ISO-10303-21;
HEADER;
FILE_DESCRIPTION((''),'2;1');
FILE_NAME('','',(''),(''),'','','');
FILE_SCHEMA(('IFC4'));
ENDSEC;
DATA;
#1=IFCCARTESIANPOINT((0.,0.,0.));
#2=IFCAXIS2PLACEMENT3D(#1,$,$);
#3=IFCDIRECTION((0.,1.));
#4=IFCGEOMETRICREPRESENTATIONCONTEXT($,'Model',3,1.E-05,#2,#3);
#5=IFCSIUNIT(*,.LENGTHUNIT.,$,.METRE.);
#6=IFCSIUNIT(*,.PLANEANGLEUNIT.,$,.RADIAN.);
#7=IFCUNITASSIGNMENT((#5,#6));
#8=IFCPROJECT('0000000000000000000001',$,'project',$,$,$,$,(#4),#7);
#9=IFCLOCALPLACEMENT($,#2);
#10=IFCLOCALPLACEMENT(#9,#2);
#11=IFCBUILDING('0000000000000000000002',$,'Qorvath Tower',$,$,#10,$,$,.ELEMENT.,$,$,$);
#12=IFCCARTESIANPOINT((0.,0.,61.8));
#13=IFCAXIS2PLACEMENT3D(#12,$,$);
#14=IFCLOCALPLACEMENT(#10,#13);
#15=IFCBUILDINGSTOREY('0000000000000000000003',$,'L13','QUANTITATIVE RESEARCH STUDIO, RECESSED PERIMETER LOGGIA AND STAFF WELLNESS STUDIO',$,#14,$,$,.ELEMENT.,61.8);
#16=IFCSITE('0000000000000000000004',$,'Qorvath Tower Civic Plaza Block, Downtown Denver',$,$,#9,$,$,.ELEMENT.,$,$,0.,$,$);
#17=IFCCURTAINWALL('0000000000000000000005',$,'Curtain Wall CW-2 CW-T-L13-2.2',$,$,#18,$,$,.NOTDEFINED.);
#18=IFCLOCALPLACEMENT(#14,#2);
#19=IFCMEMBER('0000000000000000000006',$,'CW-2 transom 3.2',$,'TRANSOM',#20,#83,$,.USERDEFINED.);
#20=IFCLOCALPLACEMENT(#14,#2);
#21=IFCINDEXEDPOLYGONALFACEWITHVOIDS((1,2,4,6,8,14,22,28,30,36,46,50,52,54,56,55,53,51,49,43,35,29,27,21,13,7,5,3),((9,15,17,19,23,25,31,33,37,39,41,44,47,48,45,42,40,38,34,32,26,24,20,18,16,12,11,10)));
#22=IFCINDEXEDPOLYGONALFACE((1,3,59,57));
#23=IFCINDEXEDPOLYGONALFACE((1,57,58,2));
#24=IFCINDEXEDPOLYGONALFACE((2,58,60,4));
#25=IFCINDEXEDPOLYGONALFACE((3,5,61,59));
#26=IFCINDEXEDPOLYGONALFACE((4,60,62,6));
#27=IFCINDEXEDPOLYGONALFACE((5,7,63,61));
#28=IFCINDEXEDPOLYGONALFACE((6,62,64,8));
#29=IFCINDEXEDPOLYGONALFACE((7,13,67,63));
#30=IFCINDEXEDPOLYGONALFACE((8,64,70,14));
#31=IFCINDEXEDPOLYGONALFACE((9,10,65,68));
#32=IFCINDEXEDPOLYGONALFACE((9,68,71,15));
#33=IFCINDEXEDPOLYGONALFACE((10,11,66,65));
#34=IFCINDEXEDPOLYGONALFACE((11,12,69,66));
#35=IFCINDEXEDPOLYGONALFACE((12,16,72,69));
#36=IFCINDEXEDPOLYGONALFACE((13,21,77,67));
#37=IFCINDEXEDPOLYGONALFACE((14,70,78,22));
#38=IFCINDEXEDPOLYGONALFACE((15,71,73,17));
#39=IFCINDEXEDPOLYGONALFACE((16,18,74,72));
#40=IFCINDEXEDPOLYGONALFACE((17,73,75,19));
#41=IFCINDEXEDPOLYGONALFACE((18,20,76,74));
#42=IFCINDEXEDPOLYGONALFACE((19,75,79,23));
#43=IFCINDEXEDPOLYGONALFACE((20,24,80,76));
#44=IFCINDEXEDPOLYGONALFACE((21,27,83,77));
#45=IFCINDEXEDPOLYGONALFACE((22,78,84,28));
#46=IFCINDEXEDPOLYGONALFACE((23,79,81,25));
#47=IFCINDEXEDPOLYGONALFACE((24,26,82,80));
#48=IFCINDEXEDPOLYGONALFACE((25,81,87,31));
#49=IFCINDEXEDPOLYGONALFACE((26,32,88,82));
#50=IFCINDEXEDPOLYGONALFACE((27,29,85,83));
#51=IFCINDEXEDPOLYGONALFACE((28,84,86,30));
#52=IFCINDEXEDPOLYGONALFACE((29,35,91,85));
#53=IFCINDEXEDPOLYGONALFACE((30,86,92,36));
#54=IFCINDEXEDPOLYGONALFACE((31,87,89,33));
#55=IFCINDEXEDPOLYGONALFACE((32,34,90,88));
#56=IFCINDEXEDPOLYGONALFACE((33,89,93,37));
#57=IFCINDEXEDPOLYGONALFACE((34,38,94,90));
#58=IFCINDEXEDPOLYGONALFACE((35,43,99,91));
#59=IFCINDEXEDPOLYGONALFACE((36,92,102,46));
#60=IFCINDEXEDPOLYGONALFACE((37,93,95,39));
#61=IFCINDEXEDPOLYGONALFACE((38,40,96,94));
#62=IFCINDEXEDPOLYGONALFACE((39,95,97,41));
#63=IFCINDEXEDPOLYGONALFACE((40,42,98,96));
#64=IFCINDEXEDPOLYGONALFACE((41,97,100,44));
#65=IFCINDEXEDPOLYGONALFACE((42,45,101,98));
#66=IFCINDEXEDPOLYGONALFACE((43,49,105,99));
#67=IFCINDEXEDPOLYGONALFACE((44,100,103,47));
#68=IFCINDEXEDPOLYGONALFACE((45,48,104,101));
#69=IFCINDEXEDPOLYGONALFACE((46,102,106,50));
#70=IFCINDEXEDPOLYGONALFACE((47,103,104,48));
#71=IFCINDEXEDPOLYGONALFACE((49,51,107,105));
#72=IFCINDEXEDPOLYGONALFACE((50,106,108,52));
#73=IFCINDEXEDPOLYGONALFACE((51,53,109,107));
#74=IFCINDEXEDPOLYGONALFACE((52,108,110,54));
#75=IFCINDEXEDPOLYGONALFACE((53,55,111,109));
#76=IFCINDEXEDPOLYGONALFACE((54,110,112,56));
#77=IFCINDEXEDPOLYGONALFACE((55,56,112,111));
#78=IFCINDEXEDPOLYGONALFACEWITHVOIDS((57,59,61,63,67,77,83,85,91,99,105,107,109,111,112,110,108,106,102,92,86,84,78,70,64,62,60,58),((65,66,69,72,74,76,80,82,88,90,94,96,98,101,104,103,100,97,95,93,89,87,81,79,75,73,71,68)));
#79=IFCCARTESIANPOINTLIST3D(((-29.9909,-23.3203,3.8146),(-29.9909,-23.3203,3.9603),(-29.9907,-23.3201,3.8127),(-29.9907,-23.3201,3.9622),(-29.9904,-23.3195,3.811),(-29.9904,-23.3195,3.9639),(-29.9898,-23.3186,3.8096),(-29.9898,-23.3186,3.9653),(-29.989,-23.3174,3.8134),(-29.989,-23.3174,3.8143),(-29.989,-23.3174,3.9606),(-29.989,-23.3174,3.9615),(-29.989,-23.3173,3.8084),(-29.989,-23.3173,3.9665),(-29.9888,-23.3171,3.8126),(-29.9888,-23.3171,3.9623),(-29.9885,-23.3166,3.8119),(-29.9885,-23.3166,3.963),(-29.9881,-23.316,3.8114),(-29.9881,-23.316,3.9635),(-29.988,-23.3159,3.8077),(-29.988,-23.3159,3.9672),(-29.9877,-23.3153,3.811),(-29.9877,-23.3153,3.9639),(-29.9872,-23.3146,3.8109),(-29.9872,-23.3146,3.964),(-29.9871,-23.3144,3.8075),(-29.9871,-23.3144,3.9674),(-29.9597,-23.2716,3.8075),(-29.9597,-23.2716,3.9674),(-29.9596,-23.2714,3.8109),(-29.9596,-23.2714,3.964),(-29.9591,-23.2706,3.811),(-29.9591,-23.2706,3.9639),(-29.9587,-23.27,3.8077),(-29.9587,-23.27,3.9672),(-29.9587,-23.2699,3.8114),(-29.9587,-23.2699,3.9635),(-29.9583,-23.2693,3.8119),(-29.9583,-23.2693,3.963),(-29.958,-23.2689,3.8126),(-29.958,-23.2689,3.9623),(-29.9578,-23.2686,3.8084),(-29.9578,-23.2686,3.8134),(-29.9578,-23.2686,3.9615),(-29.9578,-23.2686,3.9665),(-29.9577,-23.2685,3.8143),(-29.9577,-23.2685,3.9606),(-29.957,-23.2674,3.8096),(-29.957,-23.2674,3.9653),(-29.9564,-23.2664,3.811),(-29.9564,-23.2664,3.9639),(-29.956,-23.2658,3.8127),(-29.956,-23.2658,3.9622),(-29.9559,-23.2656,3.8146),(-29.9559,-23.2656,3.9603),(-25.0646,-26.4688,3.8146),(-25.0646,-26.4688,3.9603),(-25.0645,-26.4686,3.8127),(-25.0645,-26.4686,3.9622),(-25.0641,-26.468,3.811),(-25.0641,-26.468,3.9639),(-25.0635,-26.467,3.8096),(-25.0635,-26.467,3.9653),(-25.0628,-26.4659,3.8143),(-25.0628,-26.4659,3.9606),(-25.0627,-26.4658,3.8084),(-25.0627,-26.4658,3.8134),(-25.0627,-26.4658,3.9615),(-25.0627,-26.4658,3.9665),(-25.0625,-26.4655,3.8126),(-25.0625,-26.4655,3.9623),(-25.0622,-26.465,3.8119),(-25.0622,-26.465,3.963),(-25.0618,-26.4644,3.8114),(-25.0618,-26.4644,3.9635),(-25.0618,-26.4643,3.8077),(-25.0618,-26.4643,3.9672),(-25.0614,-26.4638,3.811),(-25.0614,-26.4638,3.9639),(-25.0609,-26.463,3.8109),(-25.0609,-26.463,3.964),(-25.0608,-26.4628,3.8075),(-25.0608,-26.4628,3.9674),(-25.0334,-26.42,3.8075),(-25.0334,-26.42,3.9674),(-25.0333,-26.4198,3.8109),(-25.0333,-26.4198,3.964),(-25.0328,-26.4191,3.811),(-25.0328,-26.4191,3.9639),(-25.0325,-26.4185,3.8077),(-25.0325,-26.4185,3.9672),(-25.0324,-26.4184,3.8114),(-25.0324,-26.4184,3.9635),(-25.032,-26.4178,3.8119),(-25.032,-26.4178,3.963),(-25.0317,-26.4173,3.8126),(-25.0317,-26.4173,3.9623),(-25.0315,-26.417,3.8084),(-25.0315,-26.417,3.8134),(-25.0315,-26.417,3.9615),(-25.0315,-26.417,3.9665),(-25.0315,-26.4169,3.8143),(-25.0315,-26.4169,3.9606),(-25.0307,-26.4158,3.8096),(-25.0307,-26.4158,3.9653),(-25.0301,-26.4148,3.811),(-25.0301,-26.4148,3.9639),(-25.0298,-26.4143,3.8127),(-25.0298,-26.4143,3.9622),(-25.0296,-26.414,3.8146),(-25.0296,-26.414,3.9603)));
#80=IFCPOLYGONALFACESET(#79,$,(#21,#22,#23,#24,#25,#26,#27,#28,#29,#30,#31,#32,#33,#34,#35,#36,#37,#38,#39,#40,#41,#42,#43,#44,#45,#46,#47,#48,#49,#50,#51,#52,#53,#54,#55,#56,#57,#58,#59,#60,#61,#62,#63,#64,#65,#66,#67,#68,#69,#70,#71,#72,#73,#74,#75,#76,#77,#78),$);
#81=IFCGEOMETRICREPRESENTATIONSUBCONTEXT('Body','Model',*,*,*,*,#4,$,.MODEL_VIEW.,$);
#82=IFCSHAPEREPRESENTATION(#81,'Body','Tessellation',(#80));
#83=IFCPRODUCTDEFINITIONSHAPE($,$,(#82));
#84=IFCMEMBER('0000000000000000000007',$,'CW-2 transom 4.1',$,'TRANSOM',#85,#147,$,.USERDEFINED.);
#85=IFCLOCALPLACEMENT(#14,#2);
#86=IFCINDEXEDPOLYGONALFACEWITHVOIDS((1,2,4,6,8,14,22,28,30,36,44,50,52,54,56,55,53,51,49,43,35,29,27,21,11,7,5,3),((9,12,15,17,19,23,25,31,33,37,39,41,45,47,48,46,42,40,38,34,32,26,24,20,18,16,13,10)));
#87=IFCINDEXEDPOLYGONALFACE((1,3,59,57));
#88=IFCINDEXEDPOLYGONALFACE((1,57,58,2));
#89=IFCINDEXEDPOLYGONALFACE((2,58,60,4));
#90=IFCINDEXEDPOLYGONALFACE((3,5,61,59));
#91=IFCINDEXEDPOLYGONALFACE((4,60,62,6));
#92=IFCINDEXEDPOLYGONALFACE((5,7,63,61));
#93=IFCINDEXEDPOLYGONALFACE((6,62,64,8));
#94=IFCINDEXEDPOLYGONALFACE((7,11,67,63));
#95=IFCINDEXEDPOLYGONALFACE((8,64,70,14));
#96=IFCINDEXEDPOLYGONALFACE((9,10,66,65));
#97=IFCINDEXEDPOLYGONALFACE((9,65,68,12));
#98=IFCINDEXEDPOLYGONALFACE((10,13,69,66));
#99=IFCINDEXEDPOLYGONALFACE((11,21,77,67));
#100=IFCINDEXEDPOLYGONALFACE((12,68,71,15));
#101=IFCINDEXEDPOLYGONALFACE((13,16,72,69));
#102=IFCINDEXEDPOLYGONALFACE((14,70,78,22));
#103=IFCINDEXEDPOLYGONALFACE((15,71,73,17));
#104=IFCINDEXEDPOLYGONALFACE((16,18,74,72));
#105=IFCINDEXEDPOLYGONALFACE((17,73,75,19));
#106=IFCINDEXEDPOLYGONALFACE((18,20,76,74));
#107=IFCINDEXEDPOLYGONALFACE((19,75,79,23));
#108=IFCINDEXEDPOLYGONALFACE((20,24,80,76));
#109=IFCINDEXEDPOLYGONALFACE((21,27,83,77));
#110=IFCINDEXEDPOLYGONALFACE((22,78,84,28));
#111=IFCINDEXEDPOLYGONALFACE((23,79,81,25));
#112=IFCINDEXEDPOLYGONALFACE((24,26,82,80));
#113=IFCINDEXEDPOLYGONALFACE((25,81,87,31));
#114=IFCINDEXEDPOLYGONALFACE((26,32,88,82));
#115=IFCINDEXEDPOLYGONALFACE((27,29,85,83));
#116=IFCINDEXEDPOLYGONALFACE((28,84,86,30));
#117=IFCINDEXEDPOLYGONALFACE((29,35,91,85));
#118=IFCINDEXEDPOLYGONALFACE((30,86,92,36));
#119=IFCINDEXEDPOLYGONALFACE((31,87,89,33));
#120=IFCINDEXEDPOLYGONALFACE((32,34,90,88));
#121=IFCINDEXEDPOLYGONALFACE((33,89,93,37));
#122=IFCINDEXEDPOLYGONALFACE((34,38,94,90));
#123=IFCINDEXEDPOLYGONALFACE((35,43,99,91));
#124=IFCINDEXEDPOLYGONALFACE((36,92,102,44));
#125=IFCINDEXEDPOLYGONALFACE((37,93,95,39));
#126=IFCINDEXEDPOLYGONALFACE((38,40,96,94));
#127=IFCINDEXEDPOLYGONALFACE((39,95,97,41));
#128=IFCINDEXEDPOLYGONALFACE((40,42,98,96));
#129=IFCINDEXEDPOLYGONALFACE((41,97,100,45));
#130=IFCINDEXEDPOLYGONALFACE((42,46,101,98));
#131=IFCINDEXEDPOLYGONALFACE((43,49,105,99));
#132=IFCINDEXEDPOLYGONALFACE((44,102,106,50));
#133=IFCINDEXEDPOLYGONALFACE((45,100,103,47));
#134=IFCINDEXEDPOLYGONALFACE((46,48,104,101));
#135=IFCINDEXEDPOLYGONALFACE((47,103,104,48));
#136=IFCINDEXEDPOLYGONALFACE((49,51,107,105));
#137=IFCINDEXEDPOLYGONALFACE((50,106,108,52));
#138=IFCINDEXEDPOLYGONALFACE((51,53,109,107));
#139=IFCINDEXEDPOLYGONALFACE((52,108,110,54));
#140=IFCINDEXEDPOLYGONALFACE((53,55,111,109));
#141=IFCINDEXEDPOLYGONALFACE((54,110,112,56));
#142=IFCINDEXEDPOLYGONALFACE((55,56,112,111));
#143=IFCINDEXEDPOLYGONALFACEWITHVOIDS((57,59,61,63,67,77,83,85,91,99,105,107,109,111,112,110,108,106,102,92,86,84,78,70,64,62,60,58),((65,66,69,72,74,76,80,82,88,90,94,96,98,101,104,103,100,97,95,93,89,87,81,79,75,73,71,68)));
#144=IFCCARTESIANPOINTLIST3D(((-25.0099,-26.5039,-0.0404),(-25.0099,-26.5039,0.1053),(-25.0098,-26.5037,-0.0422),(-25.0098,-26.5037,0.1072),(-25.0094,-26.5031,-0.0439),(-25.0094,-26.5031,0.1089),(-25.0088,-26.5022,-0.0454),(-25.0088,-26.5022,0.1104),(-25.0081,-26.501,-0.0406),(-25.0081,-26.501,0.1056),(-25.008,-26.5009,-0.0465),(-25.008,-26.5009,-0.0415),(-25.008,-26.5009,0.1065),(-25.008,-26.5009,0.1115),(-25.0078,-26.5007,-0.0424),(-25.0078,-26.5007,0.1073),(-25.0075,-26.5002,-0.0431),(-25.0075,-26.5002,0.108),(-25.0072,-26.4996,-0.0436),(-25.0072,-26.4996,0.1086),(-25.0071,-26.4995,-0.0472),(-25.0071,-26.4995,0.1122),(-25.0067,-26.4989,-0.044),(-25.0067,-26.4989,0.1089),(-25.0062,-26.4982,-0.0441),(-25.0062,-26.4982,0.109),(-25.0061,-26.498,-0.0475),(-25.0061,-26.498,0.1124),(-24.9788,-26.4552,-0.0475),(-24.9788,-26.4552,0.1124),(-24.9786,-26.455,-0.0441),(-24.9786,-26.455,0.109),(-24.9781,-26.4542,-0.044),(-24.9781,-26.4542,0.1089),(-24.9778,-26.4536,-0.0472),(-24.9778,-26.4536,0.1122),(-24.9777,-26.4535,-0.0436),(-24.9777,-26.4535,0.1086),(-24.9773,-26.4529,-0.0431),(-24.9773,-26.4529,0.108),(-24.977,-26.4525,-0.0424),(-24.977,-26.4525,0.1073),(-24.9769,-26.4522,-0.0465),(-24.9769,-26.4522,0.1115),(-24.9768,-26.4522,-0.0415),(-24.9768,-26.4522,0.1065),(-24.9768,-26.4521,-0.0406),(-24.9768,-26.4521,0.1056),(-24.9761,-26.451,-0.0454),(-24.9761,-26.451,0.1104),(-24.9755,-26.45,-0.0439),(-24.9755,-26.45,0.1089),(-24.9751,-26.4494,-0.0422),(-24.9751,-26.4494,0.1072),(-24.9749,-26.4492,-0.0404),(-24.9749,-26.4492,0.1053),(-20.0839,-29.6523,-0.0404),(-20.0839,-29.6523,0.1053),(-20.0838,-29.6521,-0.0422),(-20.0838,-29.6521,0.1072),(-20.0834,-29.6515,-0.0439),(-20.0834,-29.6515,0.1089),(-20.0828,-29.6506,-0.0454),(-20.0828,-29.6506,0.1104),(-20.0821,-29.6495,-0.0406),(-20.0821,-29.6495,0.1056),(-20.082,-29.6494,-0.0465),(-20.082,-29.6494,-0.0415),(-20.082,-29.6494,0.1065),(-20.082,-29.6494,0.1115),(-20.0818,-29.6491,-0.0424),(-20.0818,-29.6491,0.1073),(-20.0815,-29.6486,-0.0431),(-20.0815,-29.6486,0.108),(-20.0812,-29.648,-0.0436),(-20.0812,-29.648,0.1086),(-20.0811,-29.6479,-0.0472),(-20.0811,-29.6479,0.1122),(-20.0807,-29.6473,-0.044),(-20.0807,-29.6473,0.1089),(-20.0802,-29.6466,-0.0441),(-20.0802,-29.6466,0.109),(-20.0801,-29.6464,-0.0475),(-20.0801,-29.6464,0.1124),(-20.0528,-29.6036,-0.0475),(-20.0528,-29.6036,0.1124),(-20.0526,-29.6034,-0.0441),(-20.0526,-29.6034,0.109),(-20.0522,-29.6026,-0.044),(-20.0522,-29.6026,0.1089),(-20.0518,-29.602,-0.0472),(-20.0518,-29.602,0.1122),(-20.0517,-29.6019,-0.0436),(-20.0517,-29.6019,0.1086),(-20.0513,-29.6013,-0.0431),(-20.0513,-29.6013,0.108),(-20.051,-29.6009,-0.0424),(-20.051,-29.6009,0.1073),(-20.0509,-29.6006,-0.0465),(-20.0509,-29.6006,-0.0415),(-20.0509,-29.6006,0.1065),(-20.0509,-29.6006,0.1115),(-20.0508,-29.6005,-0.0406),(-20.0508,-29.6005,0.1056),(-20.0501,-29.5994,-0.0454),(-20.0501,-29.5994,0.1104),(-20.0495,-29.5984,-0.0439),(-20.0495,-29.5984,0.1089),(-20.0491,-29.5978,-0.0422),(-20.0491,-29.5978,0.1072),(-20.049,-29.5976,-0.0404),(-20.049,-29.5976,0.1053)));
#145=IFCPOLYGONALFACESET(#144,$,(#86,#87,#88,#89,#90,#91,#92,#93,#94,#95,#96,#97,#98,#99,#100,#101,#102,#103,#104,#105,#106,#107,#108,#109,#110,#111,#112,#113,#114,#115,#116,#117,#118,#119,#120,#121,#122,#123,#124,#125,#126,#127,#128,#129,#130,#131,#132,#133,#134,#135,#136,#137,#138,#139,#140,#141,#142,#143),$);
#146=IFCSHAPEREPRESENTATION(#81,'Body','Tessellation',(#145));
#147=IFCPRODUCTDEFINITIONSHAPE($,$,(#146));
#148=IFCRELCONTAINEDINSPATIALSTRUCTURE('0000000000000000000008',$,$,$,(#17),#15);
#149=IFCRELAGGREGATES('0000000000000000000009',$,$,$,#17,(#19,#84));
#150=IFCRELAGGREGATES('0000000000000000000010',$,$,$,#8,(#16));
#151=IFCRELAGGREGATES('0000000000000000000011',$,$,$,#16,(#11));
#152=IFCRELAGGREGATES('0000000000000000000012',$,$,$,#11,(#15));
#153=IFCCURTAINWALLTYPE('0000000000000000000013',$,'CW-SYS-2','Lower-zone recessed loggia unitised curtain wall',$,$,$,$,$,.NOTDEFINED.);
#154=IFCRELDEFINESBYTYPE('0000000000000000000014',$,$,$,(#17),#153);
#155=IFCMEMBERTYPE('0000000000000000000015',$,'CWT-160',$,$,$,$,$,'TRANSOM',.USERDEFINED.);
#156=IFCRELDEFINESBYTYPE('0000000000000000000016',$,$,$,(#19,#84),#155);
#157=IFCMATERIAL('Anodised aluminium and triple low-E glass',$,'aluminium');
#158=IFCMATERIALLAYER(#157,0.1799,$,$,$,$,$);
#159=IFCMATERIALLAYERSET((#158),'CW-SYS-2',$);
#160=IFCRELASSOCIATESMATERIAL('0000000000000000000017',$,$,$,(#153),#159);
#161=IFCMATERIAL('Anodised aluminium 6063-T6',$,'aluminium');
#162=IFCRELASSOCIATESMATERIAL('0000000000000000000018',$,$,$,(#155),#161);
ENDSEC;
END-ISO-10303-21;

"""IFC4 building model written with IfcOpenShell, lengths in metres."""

from ifc_helpers import new_model, si_unit, direction, frame, origin, origin_2d, place, context, subcontext, project, spatial, hollow_rectangle, extrude, material, layer, layer_set, material_profile, profile_set, type_object, element, aggregate, save


model = new_model("IFC4")

# Units and contexts
model_context = context("Model", 3, precision=1e-05, world=origin(), true_north=direction((0.0, 1.0)))
body_context = subcontext(model_context, "Body", "Model", "MODEL_VIEW")
ifc_project = project(units=[si_unit("LENGTHUNIT", "METRE"), si_unit("PLANEANGLEUNIT", "RADIAN")], contexts=[model_context])

# Site, building, storey
site_placement = place(None, origin())
site = spatial("IfcSite", under=ifc_project, at=site_placement, Name="Qorvath Tower Civic Plaza Block, Downtown Denver", CompositionType="ELEMENT", RefElevation=0.0)
building_placement = place(site_placement, origin())
building = spatial("IfcBuilding", under=site, at=building_placement, Name="Qorvath Tower", CompositionType="ELEMENT")
storey_placement = place(building_placement, frame((0.0, 0.0, 61.8)))
storey = spatial("IfcBuildingStorey", under=building, at=storey_placement, Name="L13", Description="QUANTITATIVE RESEARCH STUDIO, RECESSED PERIMETER LOGGIA AND STAFF WELLNESS STUDIO", CompositionType="ELEMENT", Elevation=61.8)

# Curtain wall, members
ifc_material_1 = material(Name="Anodised aluminium and triple low-E glass", Category="aluminium")
ifc_layer_1 = layer(ifc_material_1, 0.1799)
ifc_layer_set_1 = layer_set([ifc_layer_1], Name="CW-SYS-2")
curtain_wall_type = type_object("IfcCurtainWallType", Name="CW-SYS-2", Description="Lower-zone recessed loggia unitised curtain wall", PredefinedType="NOTDEFINED", material=ifc_layer_set_1)
curtain_wall_placement = place(storey_placement, origin())
curtain_wall = element("IfcCurtainWall", 1, at=curtain_wall_placement, inside=storey, type_object=curtain_wall_type, Name="Curtain Wall CW-2 CW-T-L13-2.2", PredefinedType="NOTDEFINED")
ifc_material_2 = material(Name="Anodised aluminium 6063-T6", Category="aluminium")
ifc_material_profile_1 = material_profile(ifc_material_2, hollow_rectangle(XDim=0.0649, YDim=0.1599, WallThickness=0.0034, InnerFilletRadius=0.0034, OuterFilletRadius=0.0071, at=origin_2d()), Name="CWT 160x65")
ifc_profile_set_1 = profile_set([ifc_material_profile_1], Name="Anodised aluminium 6063-T6")
member_type_1 = type_object("IfcMemberType", Name="CWT-160", ElementType="TRANSOM", PredefinedType="USERDEFINED", material=ifc_profile_set_1)
member_1_placement = place(storey_placement, frame((-29.9734, -23.293, 3.8875), z_axis=(0.842611, -0.538523, 0.0), x_axis=(0.538523, 0.842611, 0.0)))
member_1 = element("IfcMember", 2, at=member_1_placement, type_object=member_type_1, Name="CW-2 transom 3.2", ObjectType="TRANSOM", PredefinedType="USERDEFINED", context=body_context, shape_type="SweptSolid", body=[
    extrude(hollow_rectangle(XDim=0.0649, YDim=0.1599, WallThickness=0.0034, InnerFilletRadius=0.0034, OuterFilletRadius=0.0071, at=origin_2d()), origin(), (0.0, 0.0, 1.0), 5.8464),
])
member_2_placement = place(storey_placement, frame((-24.9924, -26.4766, 0.0325), z_axis=(0.842599, -0.538542, 0.0), x_axis=(0.538542, 0.842599, 0.0)))
member_2 = element("IfcMember", 3, at=member_2_placement, type_object=member_type_1, Name="CW-2 transom 4.1", ObjectType="TRANSOM", PredefinedType="USERDEFINED", context=body_context, shape_type="SweptSolid", body=[
    extrude(hollow_rectangle(XDim=0.0649, YDim=0.1599, WallThickness=0.0034, InnerFilletRadius=0.0034, OuterFilletRadius=0.0071, at=origin_2d()), origin(), (0.0, 0.0, 1.0), 5.8462),
])
aggregate(curtain_wall, [member_1, member_2])

save(model, "model.ifc")
